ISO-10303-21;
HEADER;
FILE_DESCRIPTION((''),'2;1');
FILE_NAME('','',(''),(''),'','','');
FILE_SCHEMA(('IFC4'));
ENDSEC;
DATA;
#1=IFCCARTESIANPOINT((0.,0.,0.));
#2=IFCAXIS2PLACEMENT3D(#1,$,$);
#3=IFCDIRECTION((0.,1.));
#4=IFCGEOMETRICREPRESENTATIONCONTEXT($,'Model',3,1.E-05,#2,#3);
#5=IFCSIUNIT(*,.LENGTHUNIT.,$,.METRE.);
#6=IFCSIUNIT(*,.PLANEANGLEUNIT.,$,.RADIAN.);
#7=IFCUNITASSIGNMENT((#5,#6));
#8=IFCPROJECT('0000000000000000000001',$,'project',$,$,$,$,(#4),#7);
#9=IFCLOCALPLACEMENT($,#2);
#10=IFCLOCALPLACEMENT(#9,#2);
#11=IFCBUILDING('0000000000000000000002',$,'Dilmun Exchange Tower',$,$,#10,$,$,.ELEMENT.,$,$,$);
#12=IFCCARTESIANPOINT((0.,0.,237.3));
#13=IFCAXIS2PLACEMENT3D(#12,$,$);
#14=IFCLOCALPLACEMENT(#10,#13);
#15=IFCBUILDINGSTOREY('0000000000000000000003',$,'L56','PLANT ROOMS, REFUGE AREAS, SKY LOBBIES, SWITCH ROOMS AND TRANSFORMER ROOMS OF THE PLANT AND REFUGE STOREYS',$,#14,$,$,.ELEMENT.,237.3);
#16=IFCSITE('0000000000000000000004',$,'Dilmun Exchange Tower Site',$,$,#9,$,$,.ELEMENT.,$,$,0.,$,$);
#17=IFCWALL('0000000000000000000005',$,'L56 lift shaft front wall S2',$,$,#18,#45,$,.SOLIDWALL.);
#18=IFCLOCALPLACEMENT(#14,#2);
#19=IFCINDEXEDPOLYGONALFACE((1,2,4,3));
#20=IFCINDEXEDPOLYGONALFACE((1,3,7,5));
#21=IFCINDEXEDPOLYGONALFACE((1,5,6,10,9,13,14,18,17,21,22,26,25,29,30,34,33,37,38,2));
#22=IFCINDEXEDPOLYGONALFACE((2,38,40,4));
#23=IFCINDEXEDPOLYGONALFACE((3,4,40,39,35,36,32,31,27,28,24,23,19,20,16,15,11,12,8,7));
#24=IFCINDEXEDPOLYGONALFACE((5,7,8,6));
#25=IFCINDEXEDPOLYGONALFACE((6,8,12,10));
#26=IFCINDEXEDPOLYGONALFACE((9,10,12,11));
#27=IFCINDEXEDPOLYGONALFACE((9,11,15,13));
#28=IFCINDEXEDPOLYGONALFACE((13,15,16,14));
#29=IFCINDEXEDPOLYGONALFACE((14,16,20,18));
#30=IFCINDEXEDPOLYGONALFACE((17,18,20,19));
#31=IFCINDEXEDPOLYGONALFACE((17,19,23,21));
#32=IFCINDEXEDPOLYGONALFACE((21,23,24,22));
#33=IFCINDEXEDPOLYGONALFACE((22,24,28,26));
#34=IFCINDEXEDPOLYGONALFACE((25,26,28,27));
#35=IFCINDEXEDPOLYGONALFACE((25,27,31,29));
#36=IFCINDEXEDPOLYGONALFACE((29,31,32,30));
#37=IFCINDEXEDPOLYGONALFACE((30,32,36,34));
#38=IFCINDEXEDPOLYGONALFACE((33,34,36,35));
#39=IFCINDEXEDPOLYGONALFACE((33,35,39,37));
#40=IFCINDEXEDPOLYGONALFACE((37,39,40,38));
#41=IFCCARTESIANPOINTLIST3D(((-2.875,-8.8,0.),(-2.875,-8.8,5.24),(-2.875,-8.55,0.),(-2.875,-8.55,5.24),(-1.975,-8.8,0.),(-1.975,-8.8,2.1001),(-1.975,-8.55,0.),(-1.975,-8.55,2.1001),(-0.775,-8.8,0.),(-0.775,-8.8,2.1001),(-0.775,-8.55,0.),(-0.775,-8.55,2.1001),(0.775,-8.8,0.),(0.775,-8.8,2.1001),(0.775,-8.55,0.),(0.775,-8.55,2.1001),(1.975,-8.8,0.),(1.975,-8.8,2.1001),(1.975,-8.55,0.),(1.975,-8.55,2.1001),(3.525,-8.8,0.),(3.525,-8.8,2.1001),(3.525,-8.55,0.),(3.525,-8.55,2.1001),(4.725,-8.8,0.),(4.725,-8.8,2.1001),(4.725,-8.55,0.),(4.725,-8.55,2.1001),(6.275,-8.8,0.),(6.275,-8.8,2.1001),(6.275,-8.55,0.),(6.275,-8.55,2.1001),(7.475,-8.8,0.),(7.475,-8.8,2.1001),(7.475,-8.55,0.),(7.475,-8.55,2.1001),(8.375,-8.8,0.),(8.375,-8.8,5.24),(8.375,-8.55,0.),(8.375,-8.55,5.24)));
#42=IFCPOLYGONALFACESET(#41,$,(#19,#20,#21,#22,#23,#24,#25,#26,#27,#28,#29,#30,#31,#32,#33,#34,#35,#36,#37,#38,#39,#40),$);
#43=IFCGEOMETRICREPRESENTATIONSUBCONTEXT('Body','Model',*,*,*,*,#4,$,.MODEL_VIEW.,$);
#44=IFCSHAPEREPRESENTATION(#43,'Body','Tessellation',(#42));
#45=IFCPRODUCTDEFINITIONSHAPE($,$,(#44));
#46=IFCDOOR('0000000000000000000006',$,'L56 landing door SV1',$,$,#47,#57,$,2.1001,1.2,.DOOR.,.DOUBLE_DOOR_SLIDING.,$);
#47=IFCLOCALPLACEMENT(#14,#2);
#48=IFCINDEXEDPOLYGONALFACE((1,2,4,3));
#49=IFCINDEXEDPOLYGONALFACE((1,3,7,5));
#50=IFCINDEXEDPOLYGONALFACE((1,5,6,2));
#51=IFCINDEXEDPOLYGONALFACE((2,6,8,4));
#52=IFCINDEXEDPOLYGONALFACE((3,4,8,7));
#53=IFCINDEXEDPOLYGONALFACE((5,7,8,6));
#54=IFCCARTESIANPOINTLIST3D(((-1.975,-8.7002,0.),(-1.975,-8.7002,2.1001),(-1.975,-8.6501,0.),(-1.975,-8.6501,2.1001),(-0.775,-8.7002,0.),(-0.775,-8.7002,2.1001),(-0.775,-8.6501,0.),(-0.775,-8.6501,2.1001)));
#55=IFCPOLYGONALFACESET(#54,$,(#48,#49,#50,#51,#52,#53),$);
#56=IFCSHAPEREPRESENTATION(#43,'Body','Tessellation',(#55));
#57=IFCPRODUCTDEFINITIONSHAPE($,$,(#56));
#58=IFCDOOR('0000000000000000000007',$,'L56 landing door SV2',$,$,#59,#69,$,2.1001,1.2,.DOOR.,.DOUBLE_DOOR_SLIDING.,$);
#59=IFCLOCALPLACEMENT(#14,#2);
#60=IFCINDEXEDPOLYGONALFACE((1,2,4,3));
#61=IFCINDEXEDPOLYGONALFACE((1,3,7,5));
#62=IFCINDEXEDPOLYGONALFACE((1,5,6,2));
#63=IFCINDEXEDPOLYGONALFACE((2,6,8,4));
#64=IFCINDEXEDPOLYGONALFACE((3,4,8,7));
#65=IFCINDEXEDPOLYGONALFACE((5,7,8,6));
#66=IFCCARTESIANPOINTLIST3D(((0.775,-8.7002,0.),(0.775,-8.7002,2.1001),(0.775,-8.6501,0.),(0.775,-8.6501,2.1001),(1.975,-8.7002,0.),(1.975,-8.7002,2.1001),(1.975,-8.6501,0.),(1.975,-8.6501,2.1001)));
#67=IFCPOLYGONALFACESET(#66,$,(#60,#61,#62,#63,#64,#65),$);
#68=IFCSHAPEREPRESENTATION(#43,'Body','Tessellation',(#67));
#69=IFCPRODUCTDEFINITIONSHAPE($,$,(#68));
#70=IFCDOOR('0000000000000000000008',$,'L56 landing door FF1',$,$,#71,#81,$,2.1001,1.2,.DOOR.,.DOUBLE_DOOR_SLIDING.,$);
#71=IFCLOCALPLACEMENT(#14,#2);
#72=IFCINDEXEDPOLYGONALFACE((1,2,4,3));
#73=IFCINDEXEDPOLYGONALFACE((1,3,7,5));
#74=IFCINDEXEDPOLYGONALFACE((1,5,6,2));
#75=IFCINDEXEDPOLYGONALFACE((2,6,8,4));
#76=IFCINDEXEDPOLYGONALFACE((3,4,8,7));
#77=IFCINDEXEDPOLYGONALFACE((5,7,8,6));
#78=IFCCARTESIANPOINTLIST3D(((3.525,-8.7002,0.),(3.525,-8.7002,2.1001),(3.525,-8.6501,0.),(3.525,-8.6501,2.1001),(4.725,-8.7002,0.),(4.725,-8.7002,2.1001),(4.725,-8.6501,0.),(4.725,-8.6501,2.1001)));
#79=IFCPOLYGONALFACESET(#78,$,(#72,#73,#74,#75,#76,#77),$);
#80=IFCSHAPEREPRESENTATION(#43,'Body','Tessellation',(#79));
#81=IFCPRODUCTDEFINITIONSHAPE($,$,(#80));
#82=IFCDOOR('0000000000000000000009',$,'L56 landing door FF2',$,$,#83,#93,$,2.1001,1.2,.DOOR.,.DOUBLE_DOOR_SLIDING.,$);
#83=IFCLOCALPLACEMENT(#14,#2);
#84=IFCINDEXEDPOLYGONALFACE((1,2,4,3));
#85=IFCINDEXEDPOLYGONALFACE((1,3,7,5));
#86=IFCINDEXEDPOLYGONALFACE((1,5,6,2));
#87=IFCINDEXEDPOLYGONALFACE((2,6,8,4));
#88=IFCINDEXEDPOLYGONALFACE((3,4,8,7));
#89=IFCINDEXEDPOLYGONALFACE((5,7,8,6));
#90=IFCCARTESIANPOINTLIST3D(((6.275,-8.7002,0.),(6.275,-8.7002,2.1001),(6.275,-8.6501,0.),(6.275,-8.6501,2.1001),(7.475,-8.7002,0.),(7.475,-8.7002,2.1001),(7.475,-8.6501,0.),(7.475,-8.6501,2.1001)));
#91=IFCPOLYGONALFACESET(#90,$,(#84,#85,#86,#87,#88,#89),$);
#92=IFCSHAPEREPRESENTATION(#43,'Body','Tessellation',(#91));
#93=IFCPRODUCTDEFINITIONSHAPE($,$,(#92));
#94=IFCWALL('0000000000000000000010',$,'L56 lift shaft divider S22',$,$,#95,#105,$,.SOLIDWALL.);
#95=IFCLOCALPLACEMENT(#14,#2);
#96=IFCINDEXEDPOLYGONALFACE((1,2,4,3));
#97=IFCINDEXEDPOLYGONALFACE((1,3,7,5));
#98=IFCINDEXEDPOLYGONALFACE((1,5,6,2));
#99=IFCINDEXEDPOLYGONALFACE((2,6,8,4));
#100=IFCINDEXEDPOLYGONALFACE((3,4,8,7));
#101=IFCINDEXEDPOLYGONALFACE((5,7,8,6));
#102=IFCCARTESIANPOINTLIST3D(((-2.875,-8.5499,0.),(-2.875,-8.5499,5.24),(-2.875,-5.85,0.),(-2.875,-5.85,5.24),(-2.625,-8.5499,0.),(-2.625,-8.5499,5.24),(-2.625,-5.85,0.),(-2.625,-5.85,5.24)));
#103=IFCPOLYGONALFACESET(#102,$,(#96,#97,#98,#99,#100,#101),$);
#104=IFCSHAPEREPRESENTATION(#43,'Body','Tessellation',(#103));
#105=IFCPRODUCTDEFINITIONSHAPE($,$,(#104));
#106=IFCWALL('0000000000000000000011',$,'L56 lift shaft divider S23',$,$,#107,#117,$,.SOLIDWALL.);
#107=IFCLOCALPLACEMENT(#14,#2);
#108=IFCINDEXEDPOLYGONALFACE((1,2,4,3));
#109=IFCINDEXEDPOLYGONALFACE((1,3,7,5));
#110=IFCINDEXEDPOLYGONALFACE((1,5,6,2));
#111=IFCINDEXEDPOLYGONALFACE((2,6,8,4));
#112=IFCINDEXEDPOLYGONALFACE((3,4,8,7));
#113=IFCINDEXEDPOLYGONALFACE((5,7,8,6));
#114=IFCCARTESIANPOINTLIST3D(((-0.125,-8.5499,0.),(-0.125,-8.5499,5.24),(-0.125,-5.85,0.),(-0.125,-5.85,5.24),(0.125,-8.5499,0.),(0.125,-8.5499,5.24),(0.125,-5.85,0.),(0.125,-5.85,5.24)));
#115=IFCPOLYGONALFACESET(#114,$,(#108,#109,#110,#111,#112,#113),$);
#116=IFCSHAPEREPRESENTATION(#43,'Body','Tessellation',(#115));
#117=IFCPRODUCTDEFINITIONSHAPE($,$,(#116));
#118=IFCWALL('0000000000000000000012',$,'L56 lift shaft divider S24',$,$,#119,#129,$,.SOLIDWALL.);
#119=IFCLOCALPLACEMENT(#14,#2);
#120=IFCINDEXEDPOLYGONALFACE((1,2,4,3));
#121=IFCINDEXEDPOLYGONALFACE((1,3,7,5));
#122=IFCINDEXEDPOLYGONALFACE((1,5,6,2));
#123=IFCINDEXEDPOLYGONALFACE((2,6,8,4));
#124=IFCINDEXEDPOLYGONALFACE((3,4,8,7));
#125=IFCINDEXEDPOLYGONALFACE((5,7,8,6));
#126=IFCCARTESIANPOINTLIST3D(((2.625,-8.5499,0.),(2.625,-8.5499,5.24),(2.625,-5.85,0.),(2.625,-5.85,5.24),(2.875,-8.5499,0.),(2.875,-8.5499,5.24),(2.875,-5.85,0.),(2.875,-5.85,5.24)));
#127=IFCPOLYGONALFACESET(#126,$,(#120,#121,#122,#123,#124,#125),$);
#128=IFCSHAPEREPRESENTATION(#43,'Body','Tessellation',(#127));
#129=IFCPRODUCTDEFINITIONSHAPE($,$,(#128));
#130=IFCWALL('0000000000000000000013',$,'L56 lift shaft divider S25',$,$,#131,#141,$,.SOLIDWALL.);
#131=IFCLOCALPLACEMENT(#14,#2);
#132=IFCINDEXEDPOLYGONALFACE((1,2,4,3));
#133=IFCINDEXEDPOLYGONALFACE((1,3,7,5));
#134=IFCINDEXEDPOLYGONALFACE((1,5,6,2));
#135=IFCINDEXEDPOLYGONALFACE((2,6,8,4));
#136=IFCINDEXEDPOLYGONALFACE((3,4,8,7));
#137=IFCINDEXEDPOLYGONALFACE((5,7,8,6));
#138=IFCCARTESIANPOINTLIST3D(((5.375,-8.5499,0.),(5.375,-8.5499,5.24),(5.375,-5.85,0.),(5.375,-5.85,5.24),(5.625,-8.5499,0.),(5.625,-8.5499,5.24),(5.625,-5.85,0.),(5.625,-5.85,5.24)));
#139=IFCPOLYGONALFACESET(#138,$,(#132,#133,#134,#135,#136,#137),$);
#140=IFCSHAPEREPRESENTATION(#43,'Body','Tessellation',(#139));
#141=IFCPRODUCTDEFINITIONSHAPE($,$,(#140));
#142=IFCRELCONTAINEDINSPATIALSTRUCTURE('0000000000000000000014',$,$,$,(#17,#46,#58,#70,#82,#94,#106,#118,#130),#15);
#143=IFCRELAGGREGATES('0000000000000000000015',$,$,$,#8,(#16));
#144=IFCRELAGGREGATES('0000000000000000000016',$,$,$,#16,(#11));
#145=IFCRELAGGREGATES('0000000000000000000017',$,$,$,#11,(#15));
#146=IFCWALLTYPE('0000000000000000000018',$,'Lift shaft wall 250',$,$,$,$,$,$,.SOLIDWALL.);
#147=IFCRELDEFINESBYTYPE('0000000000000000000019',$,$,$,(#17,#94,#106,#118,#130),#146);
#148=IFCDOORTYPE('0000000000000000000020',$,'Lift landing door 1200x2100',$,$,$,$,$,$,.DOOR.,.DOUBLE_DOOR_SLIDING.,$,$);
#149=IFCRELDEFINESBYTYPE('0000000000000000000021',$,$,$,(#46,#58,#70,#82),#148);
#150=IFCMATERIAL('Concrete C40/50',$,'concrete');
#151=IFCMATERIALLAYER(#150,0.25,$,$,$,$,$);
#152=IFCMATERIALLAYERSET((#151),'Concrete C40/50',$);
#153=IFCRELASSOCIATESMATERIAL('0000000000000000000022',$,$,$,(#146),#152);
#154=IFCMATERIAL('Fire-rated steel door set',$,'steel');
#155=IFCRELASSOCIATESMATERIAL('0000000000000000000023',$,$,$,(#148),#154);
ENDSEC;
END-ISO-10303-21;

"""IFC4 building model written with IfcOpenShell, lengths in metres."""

from ifc_helpers import new_model, si_unit, direction, frame, frame_2d, origin, place, context, subcontext, project, spatial, rectangle, extrude, material, layer, layer_set, type_object, element, fill, save


model = new_model("IFC4")

# Units and contexts
model_context = context("Model", 3, precision=1e-05, world=origin(), true_north=direction((0.0, 1.0)))
body_context = subcontext(model_context, "Body", "Model", "MODEL_VIEW")
ifc_project = project(units=[si_unit("LENGTHUNIT", "METRE"), si_unit("PLANEANGLEUNIT", "RADIAN")], contexts=[model_context])

# Site, building, storey
site_placement = place(None, origin())
site = spatial("IfcSite", under=ifc_project, at=site_placement, Name="Dilmun Exchange Tower Site", CompositionType="ELEMENT", RefElevation=0.0)
building_placement = place(site_placement, origin())
building = spatial("IfcBuilding", under=site, at=building_placement, Name="Dilmun Exchange Tower", CompositionType="ELEMENT")
storey_placement = place(building_placement, frame((0.0, 0.0, 237.3)))
storey = spatial("IfcBuildingStorey", under=building, at=storey_placement, Name="L56", Description="PLANT ROOMS, REFUGE AREAS, SKY LOBBIES, SWITCH ROOMS AND TRANSFORMER ROOMS OF THE PLANT AND REFUGE STOREYS", CompositionType="ELEMENT", Elevation=237.3)

# Shared definitions
ifc_material_1 = material(Name="Concrete C40/50", Category="concrete")

# Shared definitions
ifc_material_2 = material(Name="Fire-rated steel door set", Category="steel")

# Shared definitions
ifc_layer_1 = layer(ifc_material_1, 0.25)
ifc_layer_set_1 = layer_set([ifc_layer_1], Name="Concrete C40/50")
wall_type_1 = type_object("IfcWallType", Name="Lift shaft wall 250", PredefinedType="SOLIDWALL", material=ifc_layer_set_1)
door_type_1 = type_object("IfcDoorType", Name="Lift landing door 1200x2100", OperationType="DOUBLE_DOOR_SLIDING", PredefinedType="DOOR", material=ifc_material_2)

# Wall, openings, doors
wall_1_placement = place(storey_placement, frame((-2.875, -8.675, 0.0), z_axis=(0.0, 0.0, 1.0), x_axis=(1.0, 0.0, 0.0)))
wall_1 = element("IfcWall", 1, at=wall_1_placement, inside=storey, type_object=wall_type_1, Name="L56 lift shaft front wall S2", PredefinedType="SOLIDWALL", context=body_context, shape_type="SweptSolid", body=[
    extrude(rectangle(XDim=11.25, YDim=0.25, at=frame_2d((5.625, 0.0))), origin(), (0.0, 0.0, 1.0), 5.24),
])
opening_1_placement = place(wall_1_placement, frame((0.8999, 0.0, 0.0)))
opening_1 = element("IfcOpeningElement", 2, at=opening_1_placement, cuts=wall_1, PredefinedType="OPENING", context=body_context, shape_type="SweptSolid", body=[
    extrude(rectangle(XDim=1.2, YDim=2.1001, at=frame_2d((0.6001, 1.05))), frame((0.0, 0.135, 0.0), z_axis=(0.0, -1.0, 0.0), x_axis=(1.0, 0.0, 0.0)), (0.0, 0.0, 1.0), 0.27),
])
opening_2_placement = place(wall_1_placement, frame((3.6499, 0.0, 0.0)))
opening_2 = element("IfcOpeningElement", 3, at=opening_2_placement, cuts=wall_1, PredefinedType="OPENING", context=body_context, shape_type="SweptSolid", body=[
    extrude(rectangle(XDim=1.2, YDim=2.1001, at=frame_2d((0.6001, 1.05))), frame((0.0, 0.135, 0.0), z_axis=(0.0, -1.0, 0.0), x_axis=(1.0, 0.0, 0.0)), (0.0, 0.0, 1.0), 0.27),
])
opening_3_placement = place(wall_1_placement, frame((6.3999, 0.0, 0.0)))
opening_3 = element("IfcOpeningElement", 4, at=opening_3_placement, cuts=wall_1, PredefinedType="OPENING", context=body_context, shape_type="SweptSolid", body=[
    extrude(rectangle(XDim=1.2, YDim=2.1001, at=frame_2d((0.6001, 1.05))), frame((0.0, 0.135, 0.0), z_axis=(0.0, -1.0, 0.0), x_axis=(1.0, 0.0, 0.0)), (0.0, 0.0, 1.0), 0.27),
])
opening_4_placement = place(wall_1_placement, frame((9.1499, 0.0, 0.0)))
opening_4 = element("IfcOpeningElement", 5, at=opening_4_placement, cuts=wall_1, PredefinedType="OPENING", context=body_context, shape_type="SweptSolid", body=[
    extrude(rectangle(XDim=1.2, YDim=2.1001, at=frame_2d((0.6001, 1.05))), frame((0.0, 0.135, 0.0), z_axis=(0.0, -1.0, 0.0), x_axis=(1.0, 0.0, 0.0)), (0.0, 0.0, 1.0), 0.27),
])
door_1_placement = place(opening_1_placement, origin())
door_1 = element("IfcDoor", 6, at=door_1_placement, inside=storey, type_object=door_type_1, Name="L56 landing door SV1", OperationType="DOUBLE_DOOR_SLIDING", OverallHeight=2.1001, OverallWidth=1.2, PredefinedType="DOOR", context=body_context, shape_type="SweptSolid", body=[
    extrude(rectangle(XDim=1.2, YDim=2.1001, at=frame_2d((0.6001, 1.05))), frame((0.0, 0.0249, 0.0), z_axis=(0.0, -1.0, 0.0), x_axis=(1.0, 0.0, 0.0)), (0.0, 0.0, 1.0), 0.05),
])
fill(opening_1, door_1)
door_2_placement = place(opening_2_placement, origin())
door_2 = element("IfcDoor", 7, at=door_2_placement, inside=storey, type_object=door_type_1, Name="L56 landing door SV2", OperationType="DOUBLE_DOOR_SLIDING", OverallHeight=2.1001, OverallWidth=1.2, PredefinedType="DOOR", context=body_context, shape_type="SweptSolid", body=[
    extrude(rectangle(XDim=1.2, YDim=2.1001, at=frame_2d((0.6001, 1.05))), frame((0.0, 0.0249, 0.0), z_axis=(0.0, -1.0, 0.0), x_axis=(1.0, 0.0, 0.0)), (0.0, 0.0, 1.0), 0.05),
])
fill(opening_2, door_2)
door_3_placement = place(opening_3_placement, origin())
door_3 = element("IfcDoor", 8, at=door_3_placement, inside=storey, type_object=door_type_1, Name="L56 landing door FF1", OperationType="DOUBLE_DOOR_SLIDING", OverallHeight=2.1001, OverallWidth=1.2, PredefinedType="DOOR", context=body_context, shape_type="SweptSolid", body=[
    extrude(rectangle(XDim=1.2, YDim=2.1001, at=frame_2d((0.6001, 1.05))), frame((0.0, 0.0249, 0.0), z_axis=(0.0, -1.0, 0.0), x_axis=(1.0, 0.0, 0.0)), (0.0, 0.0, 1.0), 0.05),
])
fill(opening_3, door_3)
door_4_placement = place(opening_4_placement, origin())
door_4 = element("IfcDoor", 9, at=door_4_placement, inside=storey, type_object=door_type_1, Name="L56 landing door FF2", OperationType="DOUBLE_DOOR_SLIDING", OverallHeight=2.1001, OverallWidth=1.2, PredefinedType="DOOR", context=body_context, shape_type="SweptSolid", body=[
    extrude(rectangle(XDim=1.2, YDim=2.1001, at=frame_2d((0.6001, 1.05))), frame((0.0, 0.0249, 0.0), z_axis=(0.0, -1.0, 0.0), x_axis=(1.0, 0.0, 0.0)), (0.0, 0.0, 1.0), 0.05),
])
fill(opening_4, door_4)

# Walls
for number, where, z_axis, x_axis, name in (
    (10, (-2.75, -8.55, 0.0), (0.0, 0.0, 1.0), (0.0, 1.0, 0.0), "L56 lift shaft divider S22"),
    (11, (0.0, -8.55, 0.0), (0.0, 0.0, 1.0), (0.0, 1.0, 0.0), "L56 lift shaft divider S23"),
    (12, (2.75, -8.55, 0.0), (0.0, 0.0, 1.0), (0.0, 1.0, 0.0), "L56 lift shaft divider S24"),
    (13, (5.5, -8.55, 0.0), (0.0, 0.0, 1.0), (0.0, 1.0, 0.0), "L56 lift shaft divider S25"),
):
    element("IfcWall", number, at=place(storey_placement, frame(where, z_axis=z_axis, x_axis=x_axis)), inside=storey, type_object=wall_type_1, Name=name, PredefinedType="SOLIDWALL", context=body_context, shape_type="SweptSolid", body=[
        extrude(rectangle(XDim=2.7, YDim=0.25, at=frame_2d((1.3501, 0.0))), origin(), (0.0, 0.0, 1.0), 5.24),
    ])

save(model, "model.ifc")
